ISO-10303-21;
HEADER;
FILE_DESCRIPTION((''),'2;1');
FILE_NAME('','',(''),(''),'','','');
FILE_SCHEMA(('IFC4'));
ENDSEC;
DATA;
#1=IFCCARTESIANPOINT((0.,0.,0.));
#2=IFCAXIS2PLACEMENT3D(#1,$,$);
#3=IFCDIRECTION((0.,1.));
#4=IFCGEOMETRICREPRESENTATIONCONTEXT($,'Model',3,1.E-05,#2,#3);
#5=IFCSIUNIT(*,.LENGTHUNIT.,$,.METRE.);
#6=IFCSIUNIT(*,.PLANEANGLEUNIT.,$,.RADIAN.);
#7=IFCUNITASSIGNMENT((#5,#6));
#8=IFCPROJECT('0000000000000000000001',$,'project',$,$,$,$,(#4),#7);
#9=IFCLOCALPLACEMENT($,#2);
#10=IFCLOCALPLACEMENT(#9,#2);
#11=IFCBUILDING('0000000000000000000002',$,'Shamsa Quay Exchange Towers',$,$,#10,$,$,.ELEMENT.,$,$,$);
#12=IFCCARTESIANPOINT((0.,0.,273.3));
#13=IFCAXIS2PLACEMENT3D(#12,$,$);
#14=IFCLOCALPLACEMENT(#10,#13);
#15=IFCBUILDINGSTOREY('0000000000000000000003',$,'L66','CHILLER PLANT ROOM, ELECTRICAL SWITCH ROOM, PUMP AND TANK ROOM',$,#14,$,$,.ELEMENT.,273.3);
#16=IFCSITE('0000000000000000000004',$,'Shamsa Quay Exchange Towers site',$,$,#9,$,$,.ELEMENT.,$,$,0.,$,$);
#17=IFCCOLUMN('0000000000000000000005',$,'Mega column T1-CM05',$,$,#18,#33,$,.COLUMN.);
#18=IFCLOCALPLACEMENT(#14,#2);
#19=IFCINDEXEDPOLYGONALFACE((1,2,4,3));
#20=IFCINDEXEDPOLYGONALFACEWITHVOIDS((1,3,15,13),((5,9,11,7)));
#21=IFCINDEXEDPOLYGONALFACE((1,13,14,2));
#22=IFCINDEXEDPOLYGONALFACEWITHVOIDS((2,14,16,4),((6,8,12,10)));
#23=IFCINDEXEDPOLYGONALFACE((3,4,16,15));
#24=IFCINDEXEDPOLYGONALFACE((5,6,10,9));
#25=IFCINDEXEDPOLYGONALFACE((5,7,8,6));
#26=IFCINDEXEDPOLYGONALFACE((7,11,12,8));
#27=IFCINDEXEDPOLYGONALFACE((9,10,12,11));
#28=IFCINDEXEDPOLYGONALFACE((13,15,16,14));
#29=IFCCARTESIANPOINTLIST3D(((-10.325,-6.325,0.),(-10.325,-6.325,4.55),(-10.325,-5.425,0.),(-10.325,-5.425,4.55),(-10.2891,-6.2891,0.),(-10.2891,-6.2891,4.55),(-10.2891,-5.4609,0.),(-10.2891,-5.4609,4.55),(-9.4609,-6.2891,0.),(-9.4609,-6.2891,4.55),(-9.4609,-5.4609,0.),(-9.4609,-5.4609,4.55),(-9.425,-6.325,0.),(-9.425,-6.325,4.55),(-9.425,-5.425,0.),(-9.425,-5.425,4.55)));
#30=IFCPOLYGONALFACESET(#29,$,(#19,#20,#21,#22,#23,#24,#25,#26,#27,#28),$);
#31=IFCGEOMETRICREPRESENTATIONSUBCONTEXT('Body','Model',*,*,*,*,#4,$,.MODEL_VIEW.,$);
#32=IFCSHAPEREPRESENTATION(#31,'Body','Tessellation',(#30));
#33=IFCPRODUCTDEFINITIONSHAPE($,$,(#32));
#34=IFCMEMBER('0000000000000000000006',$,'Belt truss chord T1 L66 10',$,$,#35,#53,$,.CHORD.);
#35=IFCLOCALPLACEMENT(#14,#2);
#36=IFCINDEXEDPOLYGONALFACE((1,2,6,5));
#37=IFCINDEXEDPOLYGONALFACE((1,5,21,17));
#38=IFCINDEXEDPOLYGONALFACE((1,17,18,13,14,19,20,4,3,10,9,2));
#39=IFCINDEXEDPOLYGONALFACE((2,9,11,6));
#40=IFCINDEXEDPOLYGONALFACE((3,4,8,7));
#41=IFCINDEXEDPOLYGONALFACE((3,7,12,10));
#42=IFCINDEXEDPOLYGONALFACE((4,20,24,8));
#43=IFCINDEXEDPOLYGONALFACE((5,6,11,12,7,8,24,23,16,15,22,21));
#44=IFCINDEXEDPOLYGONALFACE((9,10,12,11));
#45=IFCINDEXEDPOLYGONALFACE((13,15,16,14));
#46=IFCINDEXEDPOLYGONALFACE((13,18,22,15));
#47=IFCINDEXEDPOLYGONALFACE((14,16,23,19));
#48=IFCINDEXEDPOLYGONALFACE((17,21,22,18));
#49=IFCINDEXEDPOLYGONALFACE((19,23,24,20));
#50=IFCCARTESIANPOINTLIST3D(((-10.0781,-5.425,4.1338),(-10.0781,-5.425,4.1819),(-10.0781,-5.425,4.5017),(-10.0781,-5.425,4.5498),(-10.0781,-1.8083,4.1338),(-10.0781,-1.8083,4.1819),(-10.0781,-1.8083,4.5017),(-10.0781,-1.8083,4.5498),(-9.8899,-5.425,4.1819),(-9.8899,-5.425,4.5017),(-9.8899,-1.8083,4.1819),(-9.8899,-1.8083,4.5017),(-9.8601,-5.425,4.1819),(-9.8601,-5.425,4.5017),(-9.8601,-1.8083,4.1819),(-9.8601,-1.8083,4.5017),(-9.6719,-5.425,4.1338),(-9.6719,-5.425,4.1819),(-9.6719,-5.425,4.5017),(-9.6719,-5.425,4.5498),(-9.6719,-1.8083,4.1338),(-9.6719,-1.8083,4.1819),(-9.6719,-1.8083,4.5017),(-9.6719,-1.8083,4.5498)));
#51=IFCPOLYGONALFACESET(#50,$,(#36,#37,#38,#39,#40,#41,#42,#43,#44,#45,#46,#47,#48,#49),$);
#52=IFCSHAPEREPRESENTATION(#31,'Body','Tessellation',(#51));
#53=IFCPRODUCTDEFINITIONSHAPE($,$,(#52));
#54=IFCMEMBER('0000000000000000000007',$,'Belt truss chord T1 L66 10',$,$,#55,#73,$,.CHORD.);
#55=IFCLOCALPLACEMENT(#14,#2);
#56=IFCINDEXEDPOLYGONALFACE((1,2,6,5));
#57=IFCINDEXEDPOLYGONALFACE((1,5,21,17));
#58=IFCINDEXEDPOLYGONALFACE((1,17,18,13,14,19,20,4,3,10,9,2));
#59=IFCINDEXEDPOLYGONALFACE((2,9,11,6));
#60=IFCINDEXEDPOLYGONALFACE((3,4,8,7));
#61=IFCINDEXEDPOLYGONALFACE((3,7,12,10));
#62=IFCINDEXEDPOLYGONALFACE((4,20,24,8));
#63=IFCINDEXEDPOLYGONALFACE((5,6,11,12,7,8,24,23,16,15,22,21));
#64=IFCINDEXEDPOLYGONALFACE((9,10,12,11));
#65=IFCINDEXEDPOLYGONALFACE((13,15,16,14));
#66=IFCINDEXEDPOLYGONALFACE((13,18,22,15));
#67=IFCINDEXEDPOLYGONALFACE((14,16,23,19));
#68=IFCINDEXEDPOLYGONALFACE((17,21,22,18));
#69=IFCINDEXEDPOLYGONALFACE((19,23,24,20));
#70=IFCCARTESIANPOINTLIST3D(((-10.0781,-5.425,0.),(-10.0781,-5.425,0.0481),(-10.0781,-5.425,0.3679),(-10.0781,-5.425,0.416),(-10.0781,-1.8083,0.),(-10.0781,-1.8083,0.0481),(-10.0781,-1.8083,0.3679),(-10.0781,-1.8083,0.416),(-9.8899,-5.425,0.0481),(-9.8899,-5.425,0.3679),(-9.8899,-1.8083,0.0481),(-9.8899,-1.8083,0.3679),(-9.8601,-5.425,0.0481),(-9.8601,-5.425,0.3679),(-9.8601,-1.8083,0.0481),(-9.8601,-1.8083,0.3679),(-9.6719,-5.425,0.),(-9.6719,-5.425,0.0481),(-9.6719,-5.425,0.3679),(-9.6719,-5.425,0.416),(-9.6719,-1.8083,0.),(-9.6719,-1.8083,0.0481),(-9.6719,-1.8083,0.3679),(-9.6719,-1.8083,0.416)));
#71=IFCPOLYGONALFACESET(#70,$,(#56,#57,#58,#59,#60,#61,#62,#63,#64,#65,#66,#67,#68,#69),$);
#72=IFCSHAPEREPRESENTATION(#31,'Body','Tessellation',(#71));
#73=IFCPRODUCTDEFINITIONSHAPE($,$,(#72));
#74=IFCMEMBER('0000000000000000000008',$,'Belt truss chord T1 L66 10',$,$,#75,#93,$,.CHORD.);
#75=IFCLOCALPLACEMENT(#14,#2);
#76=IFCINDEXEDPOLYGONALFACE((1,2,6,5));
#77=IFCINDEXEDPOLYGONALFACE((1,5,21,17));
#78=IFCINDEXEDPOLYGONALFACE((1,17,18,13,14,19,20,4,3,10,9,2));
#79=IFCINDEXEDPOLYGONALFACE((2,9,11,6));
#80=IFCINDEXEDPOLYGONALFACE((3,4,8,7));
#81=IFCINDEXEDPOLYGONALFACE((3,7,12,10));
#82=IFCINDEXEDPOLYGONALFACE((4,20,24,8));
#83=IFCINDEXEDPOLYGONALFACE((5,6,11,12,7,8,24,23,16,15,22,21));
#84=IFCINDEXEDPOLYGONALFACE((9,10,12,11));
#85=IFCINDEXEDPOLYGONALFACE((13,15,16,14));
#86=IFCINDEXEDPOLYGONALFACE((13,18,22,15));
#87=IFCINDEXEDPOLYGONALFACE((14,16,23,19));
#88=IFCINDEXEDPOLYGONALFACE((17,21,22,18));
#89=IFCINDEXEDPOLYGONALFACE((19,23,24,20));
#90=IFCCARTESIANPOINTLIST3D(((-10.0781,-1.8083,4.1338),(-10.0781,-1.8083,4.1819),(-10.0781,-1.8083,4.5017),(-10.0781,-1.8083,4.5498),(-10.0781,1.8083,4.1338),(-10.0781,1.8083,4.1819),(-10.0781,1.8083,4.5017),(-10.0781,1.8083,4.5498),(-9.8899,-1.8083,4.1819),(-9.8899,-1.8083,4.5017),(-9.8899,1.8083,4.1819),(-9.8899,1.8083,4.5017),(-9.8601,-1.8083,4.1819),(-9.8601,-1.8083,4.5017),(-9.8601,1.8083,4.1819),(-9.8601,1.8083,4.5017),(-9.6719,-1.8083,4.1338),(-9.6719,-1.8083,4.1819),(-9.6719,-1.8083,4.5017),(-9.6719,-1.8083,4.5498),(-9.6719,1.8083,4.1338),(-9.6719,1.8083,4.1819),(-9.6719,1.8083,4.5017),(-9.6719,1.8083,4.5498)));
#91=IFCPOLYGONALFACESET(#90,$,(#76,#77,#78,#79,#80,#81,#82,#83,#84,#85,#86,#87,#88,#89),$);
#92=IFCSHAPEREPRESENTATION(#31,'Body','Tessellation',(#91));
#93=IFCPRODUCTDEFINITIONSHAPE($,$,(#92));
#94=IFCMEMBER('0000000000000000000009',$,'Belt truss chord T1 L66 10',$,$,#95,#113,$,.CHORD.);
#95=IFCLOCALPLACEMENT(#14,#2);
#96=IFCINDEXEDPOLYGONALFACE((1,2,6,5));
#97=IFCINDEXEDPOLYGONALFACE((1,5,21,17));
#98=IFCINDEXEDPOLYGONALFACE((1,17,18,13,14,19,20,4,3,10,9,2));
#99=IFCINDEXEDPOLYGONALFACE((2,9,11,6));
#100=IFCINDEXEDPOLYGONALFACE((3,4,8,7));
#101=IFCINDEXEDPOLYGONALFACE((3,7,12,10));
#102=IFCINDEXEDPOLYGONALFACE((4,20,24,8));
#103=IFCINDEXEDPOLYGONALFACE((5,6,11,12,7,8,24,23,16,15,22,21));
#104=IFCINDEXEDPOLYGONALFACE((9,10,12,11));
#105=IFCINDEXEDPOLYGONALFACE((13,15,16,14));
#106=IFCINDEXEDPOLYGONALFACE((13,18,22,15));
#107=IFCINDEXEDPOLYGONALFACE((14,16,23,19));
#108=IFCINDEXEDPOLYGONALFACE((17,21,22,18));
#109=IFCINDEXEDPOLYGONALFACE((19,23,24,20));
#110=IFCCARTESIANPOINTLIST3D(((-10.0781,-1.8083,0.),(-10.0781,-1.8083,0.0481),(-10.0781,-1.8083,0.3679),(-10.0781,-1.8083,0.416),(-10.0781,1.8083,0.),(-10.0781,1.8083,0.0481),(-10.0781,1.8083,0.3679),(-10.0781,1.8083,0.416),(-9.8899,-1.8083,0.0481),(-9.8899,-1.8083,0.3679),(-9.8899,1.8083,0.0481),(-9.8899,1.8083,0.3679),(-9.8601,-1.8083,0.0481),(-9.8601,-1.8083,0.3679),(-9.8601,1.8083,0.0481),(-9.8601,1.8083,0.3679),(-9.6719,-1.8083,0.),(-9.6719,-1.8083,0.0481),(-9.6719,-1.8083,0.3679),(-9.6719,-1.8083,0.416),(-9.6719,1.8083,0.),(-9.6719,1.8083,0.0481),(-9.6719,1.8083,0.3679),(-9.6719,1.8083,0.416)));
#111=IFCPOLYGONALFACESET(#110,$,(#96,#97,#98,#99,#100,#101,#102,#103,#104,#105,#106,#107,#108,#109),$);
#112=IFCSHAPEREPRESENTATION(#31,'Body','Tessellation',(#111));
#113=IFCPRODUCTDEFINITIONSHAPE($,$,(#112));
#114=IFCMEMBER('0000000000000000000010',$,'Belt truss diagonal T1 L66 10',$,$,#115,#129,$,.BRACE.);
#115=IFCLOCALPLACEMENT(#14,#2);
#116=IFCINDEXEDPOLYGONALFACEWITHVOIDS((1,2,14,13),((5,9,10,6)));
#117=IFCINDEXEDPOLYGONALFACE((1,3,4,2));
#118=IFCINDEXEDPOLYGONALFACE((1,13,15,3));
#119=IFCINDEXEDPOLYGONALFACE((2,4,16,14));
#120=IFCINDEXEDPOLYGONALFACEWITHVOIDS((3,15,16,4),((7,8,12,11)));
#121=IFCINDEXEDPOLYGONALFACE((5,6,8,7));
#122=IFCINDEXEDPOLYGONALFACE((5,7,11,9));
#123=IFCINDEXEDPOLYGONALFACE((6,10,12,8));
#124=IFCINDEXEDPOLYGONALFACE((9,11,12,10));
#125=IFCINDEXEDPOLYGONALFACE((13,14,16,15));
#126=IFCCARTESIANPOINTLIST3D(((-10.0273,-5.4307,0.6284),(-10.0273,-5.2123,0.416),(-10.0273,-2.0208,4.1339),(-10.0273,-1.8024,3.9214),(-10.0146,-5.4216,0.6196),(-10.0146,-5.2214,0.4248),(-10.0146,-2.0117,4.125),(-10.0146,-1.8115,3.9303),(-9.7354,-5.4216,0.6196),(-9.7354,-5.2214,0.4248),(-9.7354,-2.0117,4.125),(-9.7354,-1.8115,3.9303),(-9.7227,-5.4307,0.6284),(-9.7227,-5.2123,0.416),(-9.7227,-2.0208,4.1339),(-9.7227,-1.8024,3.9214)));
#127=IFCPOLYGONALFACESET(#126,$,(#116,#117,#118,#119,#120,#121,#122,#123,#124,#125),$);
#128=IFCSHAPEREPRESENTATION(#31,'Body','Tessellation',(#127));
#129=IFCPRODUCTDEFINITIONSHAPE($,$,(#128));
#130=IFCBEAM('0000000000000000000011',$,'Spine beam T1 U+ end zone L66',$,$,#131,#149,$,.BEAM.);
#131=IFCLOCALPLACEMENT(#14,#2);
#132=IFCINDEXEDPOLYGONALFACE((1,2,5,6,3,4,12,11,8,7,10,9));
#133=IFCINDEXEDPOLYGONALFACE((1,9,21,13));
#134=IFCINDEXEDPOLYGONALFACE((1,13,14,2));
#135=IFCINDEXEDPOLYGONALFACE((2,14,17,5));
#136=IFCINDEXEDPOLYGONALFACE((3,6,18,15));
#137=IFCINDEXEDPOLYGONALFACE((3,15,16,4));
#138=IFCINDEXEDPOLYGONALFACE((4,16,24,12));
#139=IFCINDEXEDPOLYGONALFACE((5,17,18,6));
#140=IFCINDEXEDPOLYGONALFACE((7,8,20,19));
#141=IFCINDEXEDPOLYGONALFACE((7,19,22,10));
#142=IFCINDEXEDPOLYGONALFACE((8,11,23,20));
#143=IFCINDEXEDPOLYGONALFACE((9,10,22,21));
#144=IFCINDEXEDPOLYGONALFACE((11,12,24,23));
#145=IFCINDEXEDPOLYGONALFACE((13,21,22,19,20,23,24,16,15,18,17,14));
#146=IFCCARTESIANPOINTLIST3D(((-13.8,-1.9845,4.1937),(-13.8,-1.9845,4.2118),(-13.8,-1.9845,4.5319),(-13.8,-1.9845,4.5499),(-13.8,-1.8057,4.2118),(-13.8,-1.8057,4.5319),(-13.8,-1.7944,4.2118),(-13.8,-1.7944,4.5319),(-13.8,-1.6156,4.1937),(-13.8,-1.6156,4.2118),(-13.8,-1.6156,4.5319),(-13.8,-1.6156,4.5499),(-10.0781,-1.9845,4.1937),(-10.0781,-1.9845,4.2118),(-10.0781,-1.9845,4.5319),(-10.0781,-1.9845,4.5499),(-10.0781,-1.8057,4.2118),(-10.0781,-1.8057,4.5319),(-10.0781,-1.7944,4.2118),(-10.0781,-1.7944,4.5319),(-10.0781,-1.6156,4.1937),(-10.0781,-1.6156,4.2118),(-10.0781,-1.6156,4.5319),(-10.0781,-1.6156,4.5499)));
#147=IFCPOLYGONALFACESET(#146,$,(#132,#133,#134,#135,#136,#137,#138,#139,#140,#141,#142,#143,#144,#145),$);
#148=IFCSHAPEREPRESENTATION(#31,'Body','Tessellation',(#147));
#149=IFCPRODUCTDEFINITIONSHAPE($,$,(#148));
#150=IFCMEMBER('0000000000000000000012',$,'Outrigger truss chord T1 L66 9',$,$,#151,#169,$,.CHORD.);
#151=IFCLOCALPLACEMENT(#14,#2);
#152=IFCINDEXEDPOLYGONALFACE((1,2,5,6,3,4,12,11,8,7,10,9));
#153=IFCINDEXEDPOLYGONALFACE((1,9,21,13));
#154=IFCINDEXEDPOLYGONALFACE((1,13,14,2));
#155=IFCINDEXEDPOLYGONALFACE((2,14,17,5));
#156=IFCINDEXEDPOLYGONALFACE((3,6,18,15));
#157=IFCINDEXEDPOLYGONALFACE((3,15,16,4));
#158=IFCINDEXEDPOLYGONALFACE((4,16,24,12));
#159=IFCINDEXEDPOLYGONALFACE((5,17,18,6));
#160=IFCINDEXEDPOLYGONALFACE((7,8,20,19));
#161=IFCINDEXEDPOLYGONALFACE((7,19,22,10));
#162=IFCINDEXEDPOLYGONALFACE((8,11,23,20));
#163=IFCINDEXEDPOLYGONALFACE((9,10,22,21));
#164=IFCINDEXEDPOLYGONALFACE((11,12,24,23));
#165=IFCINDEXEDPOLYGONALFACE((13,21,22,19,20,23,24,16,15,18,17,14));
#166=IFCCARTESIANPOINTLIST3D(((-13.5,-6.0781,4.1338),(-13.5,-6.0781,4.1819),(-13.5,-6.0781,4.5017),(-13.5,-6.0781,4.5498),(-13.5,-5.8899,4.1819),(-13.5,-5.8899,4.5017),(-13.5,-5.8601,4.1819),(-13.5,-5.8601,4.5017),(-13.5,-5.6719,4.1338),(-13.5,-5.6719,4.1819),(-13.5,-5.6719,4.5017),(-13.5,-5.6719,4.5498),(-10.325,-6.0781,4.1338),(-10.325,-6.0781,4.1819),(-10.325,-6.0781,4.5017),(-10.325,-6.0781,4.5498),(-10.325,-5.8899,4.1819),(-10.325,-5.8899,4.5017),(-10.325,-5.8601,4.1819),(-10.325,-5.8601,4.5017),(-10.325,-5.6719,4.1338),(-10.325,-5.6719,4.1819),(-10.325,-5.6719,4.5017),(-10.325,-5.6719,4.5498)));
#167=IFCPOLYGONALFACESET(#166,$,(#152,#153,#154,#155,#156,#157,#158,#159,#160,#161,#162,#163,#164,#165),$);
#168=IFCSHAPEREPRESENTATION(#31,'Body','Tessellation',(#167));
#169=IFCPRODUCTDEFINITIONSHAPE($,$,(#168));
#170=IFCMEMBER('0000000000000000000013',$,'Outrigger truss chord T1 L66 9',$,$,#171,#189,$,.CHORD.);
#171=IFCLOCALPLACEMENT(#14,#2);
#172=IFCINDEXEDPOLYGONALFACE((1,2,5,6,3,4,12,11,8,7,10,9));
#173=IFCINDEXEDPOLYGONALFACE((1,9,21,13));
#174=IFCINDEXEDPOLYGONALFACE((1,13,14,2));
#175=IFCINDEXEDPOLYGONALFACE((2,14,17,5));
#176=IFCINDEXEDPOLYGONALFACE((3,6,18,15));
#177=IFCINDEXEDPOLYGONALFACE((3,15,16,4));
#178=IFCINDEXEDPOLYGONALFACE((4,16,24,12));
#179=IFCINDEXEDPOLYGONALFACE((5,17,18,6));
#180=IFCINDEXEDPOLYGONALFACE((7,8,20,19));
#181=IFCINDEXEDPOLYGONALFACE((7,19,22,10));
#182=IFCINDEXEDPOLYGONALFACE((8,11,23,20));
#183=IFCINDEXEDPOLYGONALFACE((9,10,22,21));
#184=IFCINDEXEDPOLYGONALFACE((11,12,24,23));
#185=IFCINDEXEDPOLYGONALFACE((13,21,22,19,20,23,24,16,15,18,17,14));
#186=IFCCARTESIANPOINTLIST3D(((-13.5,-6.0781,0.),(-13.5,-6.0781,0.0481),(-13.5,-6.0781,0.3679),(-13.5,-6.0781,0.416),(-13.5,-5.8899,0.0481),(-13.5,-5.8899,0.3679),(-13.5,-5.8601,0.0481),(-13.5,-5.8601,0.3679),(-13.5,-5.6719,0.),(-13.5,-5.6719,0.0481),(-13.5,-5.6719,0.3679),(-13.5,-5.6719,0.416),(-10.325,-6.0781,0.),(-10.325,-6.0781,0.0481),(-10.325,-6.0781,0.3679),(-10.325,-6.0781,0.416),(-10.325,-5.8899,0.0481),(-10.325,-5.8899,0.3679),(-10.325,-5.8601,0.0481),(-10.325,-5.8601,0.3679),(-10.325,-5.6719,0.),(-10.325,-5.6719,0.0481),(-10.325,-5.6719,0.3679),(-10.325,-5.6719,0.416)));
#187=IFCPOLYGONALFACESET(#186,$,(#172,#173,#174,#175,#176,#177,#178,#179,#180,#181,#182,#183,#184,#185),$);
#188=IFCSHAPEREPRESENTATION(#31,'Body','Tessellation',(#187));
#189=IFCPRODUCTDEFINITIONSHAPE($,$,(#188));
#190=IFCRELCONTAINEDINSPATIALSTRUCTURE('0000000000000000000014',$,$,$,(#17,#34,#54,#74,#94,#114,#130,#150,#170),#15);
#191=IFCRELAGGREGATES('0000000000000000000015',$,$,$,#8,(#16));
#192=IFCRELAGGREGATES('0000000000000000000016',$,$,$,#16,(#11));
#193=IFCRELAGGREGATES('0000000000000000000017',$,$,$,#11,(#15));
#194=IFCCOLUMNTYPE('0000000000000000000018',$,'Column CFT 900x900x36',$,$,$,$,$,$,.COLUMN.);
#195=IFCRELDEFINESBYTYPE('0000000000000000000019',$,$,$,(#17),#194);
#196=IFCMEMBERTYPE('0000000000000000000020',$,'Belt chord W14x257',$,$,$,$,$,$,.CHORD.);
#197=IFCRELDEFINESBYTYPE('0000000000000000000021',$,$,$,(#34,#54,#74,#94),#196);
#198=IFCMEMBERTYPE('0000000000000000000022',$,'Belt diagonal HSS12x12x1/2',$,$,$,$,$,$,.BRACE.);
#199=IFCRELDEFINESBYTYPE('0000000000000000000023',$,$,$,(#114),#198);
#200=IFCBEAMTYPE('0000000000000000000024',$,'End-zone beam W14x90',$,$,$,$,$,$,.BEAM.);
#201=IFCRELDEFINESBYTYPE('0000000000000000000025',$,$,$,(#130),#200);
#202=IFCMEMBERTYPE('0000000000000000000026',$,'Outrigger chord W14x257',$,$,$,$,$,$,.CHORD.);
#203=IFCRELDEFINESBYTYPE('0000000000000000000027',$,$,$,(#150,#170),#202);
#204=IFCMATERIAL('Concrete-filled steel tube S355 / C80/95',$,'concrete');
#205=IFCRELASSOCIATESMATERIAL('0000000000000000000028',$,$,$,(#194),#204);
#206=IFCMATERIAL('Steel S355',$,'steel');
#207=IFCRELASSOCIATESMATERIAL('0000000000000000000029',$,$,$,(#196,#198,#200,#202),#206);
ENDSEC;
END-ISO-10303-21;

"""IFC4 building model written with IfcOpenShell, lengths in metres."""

from ifc_helpers import new_model, si_unit, direction, frame, origin, origin_2d, place, context, subcontext, project, spatial, hollow_rectangle, i_section, extrude, material, material_profile, profile_set, type_object, element, save


model = new_model("IFC4")

# Units and contexts
model_context = context("Model", 3, precision=1e-05, world=origin(), true_north=direction((0.0, 1.0)))
body_context = subcontext(model_context, "Body", "Model", "MODEL_VIEW")
ifc_project = project(units=[si_unit("LENGTHUNIT", "METRE"), si_unit("PLANEANGLEUNIT", "RADIAN")], contexts=[model_context])

# Site, building, storey
site_placement = place(None, origin())
site = spatial("IfcSite", under=ifc_project, at=site_placement, Name="Shamsa Quay Exchange Towers site", CompositionType="ELEMENT", RefElevation=0.0)
building_placement = place(site_placement, origin())
building = spatial("IfcBuilding", under=site, at=building_placement, Name="Shamsa Quay Exchange Towers", CompositionType="ELEMENT")
storey_placement = place(building_placement, frame((0.0, 0.0, 273.3)))
storey = spatial("IfcBuildingStorey", under=building, at=storey_placement, Name="L66", Description="CHILLER PLANT ROOM, ELECTRICAL SWITCH ROOM, PUMP AND TANK ROOM", CompositionType="ELEMENT", Elevation=273.3)

# Column
ifc_material_1 = material(Name="Concrete-filled steel tube S355 / C80/95", Category="concrete")
ifc_material_profile_1 = material_profile(ifc_material_1, hollow_rectangle(XDim=0.8999, YDim=0.8999, WallThickness=0.0359, at=origin_2d()), Name="CFT 900x900x36")
ifc_profile_set_1 = profile_set([ifc_material_profile_1], Name="Concrete-filled steel tube S355 / C80/95")
column_type = type_object("IfcColumnType", Name="Column CFT 900x900x36", PredefinedType="COLUMN", material=ifc_profile_set_1)
column_placement = place(storey_placement, frame((-9.875, -5.875, 0.0)))
element("IfcColumn", 1, at=column_placement, inside=storey, type_object=column_type, Name="Mega column T1-CM05", PredefinedType="COLUMN", context=body_context, shape_type="SweptSolid", body=[
    extrude(hollow_rectangle(XDim=0.8999, YDim=0.8999, WallThickness=0.0359, at=origin_2d()), origin(), (0.0, 0.0, 1.0), 4.55),
])

# Members
ifc_material_2 = material(Name="Steel S355", Category="steel")
ifc_material_profile_2 = material_profile(ifc_material_2, i_section(OverallWidth=0.4062, OverallDepth=0.416, WebThickness=0.0298, FlangeThickness=0.0481, at=origin_2d()), Name="W14x257")
ifc_profile_set_2 = profile_set([ifc_material_profile_2], Name="Steel S355")
member_type_1 = type_object("IfcMemberType", Name="Belt chord W14x257", PredefinedType="CHORD", material=ifc_profile_set_2)
for number, where, z_axis, x_axis, name in (
    (2, (-9.875, -5.425, 4.3418), (0.0, 1.0, 0.0), (-1.0, 0.0, 0.0), "Belt truss chord T1 L66 10"),
    (3, (-9.875, -5.425, 0.208), (0.0, 1.0, 0.0), (-1.0, 0.0, 0.0), "Belt truss chord T1 L66 10"),
    (4, (-9.875, -1.8083, 4.3418), (0.0, 1.0, 0.0), (-1.0, 0.0, 0.0), "Belt truss chord T1 L66 10"),
    (5, (-9.875, -1.8083, 0.208), (0.0, 1.0, 0.0), (-1.0, 0.0, 0.0), "Belt truss chord T1 L66 10"),
):
    element("IfcMember", number, at=place(storey_placement, frame(where, z_axis=z_axis, x_axis=x_axis)), inside=storey, type_object=member_type_1, Name=name, PredefinedType="CHORD", context=body_context, shape_type="SweptSolid", body=[
        extrude(i_section(OverallWidth=0.4062, OverallDepth=0.416, WebThickness=0.0298, FlangeThickness=0.0481, at=origin_2d()), origin(), (0.0, 0.0, 1.0), 3.6167),
    ])
ifc_material_profile_3 = material_profile(ifc_material_2, hollow_rectangle(XDim=0.3047, YDim=0.3047, WallThickness=0.0127, at=origin_2d()), Name="HSS12x12x1/2")
ifc_profile_set_3 = profile_set([ifc_material_profile_3], Name="Steel S355")
member_type_2 = type_object("IfcMemberType", Name="Belt diagonal HSS12x12x1/2", PredefinedType="BRACE", material=ifc_profile_set_3)
member_1_placement = place(storey_placement, frame((-9.875, -5.3215, 0.5222), z_axis=(0.0, 0.697279, 0.716799), x_axis=(-1.0, 0.0, 0.0)))
element("IfcMember", 6, at=member_1_placement, inside=storey, type_object=member_type_2, Name="Belt truss diagonal T1 L66 10", PredefinedType="BRACE", context=body_context, shape_type="SweptSolid", body=[
    extrude(hollow_rectangle(XDim=0.3047, YDim=0.3047, WallThickness=0.0127, at=origin_2d()), origin(), (0.0, 0.0, 1.0), 4.8904),
])

# Beam
ifc_material_profile_4 = material_profile(ifc_material_2, i_section(OverallWidth=0.3689, OverallDepth=0.3562, WebThickness=0.0112, FlangeThickness=0.0181, at=origin_2d()), Name="W14x90")
ifc_profile_set_4 = profile_set([ifc_material_profile_4], Name="Steel S355")
beam_type = type_object("IfcBeamType", Name="End-zone beam W14x90", PredefinedType="BEAM", material=ifc_profile_set_4)
beam_placement = place(storey_placement, frame((-13.8, -1.8, 4.3718), z_axis=(1.0, 0.0, 0.0), x_axis=(0.0, 1.0, 0.0)))
element("IfcBeam", 7, at=beam_placement, inside=storey, type_object=beam_type, Name="Spine beam T1 U+ end zone L66", PredefinedType="BEAM", context=body_context, shape_type="SweptSolid", body=[
    extrude(i_section(OverallWidth=0.3689, OverallDepth=0.3562, WebThickness=0.0112, FlangeThickness=0.0181, at=origin_2d()), origin(), (0.0, 0.0, 1.0), 3.7219),
])

# Members
ifc_material_profile_5 = material_profile(ifc_material_2, i_section(OverallWidth=0.4062, OverallDepth=0.416, WebThickness=0.0298, FlangeThickness=0.0481, at=origin_2d()), Name="W14x257")
ifc_profile_set_5 = profile_set([ifc_material_profile_5], Name="Steel S355")
member_type_3 = type_object("IfcMemberType", Name="Outrigger chord W14x257", PredefinedType="CHORD", material=ifc_profile_set_5)
for number, where, z_axis, x_axis, name in (
    (8, (-10.325, -5.875, 4.3418), (-1.0, 0.0, 0.0), (0.0, -1.0, 0.0), "Outrigger truss chord T1 L66 9"),
    (9, (-10.325, -5.875, 0.208), (-1.0, 0.0, 0.0), (0.0, -1.0, 0.0), "Outrigger truss chord T1 L66 9"),
):
    element("IfcMember", number, at=place(storey_placement, frame(where, z_axis=z_axis, x_axis=x_axis)), inside=storey, type_object=member_type_3, Name=name, PredefinedType="CHORD", context=body_context, shape_type="SweptSolid", body=[
        extrude(i_section(OverallWidth=0.4062, OverallDepth=0.416, WebThickness=0.0298, FlangeThickness=0.0481, at=origin_2d()), origin(), (0.0, 0.0, 1.0), 3.175),
    ])

save(model, "model.ifc")
